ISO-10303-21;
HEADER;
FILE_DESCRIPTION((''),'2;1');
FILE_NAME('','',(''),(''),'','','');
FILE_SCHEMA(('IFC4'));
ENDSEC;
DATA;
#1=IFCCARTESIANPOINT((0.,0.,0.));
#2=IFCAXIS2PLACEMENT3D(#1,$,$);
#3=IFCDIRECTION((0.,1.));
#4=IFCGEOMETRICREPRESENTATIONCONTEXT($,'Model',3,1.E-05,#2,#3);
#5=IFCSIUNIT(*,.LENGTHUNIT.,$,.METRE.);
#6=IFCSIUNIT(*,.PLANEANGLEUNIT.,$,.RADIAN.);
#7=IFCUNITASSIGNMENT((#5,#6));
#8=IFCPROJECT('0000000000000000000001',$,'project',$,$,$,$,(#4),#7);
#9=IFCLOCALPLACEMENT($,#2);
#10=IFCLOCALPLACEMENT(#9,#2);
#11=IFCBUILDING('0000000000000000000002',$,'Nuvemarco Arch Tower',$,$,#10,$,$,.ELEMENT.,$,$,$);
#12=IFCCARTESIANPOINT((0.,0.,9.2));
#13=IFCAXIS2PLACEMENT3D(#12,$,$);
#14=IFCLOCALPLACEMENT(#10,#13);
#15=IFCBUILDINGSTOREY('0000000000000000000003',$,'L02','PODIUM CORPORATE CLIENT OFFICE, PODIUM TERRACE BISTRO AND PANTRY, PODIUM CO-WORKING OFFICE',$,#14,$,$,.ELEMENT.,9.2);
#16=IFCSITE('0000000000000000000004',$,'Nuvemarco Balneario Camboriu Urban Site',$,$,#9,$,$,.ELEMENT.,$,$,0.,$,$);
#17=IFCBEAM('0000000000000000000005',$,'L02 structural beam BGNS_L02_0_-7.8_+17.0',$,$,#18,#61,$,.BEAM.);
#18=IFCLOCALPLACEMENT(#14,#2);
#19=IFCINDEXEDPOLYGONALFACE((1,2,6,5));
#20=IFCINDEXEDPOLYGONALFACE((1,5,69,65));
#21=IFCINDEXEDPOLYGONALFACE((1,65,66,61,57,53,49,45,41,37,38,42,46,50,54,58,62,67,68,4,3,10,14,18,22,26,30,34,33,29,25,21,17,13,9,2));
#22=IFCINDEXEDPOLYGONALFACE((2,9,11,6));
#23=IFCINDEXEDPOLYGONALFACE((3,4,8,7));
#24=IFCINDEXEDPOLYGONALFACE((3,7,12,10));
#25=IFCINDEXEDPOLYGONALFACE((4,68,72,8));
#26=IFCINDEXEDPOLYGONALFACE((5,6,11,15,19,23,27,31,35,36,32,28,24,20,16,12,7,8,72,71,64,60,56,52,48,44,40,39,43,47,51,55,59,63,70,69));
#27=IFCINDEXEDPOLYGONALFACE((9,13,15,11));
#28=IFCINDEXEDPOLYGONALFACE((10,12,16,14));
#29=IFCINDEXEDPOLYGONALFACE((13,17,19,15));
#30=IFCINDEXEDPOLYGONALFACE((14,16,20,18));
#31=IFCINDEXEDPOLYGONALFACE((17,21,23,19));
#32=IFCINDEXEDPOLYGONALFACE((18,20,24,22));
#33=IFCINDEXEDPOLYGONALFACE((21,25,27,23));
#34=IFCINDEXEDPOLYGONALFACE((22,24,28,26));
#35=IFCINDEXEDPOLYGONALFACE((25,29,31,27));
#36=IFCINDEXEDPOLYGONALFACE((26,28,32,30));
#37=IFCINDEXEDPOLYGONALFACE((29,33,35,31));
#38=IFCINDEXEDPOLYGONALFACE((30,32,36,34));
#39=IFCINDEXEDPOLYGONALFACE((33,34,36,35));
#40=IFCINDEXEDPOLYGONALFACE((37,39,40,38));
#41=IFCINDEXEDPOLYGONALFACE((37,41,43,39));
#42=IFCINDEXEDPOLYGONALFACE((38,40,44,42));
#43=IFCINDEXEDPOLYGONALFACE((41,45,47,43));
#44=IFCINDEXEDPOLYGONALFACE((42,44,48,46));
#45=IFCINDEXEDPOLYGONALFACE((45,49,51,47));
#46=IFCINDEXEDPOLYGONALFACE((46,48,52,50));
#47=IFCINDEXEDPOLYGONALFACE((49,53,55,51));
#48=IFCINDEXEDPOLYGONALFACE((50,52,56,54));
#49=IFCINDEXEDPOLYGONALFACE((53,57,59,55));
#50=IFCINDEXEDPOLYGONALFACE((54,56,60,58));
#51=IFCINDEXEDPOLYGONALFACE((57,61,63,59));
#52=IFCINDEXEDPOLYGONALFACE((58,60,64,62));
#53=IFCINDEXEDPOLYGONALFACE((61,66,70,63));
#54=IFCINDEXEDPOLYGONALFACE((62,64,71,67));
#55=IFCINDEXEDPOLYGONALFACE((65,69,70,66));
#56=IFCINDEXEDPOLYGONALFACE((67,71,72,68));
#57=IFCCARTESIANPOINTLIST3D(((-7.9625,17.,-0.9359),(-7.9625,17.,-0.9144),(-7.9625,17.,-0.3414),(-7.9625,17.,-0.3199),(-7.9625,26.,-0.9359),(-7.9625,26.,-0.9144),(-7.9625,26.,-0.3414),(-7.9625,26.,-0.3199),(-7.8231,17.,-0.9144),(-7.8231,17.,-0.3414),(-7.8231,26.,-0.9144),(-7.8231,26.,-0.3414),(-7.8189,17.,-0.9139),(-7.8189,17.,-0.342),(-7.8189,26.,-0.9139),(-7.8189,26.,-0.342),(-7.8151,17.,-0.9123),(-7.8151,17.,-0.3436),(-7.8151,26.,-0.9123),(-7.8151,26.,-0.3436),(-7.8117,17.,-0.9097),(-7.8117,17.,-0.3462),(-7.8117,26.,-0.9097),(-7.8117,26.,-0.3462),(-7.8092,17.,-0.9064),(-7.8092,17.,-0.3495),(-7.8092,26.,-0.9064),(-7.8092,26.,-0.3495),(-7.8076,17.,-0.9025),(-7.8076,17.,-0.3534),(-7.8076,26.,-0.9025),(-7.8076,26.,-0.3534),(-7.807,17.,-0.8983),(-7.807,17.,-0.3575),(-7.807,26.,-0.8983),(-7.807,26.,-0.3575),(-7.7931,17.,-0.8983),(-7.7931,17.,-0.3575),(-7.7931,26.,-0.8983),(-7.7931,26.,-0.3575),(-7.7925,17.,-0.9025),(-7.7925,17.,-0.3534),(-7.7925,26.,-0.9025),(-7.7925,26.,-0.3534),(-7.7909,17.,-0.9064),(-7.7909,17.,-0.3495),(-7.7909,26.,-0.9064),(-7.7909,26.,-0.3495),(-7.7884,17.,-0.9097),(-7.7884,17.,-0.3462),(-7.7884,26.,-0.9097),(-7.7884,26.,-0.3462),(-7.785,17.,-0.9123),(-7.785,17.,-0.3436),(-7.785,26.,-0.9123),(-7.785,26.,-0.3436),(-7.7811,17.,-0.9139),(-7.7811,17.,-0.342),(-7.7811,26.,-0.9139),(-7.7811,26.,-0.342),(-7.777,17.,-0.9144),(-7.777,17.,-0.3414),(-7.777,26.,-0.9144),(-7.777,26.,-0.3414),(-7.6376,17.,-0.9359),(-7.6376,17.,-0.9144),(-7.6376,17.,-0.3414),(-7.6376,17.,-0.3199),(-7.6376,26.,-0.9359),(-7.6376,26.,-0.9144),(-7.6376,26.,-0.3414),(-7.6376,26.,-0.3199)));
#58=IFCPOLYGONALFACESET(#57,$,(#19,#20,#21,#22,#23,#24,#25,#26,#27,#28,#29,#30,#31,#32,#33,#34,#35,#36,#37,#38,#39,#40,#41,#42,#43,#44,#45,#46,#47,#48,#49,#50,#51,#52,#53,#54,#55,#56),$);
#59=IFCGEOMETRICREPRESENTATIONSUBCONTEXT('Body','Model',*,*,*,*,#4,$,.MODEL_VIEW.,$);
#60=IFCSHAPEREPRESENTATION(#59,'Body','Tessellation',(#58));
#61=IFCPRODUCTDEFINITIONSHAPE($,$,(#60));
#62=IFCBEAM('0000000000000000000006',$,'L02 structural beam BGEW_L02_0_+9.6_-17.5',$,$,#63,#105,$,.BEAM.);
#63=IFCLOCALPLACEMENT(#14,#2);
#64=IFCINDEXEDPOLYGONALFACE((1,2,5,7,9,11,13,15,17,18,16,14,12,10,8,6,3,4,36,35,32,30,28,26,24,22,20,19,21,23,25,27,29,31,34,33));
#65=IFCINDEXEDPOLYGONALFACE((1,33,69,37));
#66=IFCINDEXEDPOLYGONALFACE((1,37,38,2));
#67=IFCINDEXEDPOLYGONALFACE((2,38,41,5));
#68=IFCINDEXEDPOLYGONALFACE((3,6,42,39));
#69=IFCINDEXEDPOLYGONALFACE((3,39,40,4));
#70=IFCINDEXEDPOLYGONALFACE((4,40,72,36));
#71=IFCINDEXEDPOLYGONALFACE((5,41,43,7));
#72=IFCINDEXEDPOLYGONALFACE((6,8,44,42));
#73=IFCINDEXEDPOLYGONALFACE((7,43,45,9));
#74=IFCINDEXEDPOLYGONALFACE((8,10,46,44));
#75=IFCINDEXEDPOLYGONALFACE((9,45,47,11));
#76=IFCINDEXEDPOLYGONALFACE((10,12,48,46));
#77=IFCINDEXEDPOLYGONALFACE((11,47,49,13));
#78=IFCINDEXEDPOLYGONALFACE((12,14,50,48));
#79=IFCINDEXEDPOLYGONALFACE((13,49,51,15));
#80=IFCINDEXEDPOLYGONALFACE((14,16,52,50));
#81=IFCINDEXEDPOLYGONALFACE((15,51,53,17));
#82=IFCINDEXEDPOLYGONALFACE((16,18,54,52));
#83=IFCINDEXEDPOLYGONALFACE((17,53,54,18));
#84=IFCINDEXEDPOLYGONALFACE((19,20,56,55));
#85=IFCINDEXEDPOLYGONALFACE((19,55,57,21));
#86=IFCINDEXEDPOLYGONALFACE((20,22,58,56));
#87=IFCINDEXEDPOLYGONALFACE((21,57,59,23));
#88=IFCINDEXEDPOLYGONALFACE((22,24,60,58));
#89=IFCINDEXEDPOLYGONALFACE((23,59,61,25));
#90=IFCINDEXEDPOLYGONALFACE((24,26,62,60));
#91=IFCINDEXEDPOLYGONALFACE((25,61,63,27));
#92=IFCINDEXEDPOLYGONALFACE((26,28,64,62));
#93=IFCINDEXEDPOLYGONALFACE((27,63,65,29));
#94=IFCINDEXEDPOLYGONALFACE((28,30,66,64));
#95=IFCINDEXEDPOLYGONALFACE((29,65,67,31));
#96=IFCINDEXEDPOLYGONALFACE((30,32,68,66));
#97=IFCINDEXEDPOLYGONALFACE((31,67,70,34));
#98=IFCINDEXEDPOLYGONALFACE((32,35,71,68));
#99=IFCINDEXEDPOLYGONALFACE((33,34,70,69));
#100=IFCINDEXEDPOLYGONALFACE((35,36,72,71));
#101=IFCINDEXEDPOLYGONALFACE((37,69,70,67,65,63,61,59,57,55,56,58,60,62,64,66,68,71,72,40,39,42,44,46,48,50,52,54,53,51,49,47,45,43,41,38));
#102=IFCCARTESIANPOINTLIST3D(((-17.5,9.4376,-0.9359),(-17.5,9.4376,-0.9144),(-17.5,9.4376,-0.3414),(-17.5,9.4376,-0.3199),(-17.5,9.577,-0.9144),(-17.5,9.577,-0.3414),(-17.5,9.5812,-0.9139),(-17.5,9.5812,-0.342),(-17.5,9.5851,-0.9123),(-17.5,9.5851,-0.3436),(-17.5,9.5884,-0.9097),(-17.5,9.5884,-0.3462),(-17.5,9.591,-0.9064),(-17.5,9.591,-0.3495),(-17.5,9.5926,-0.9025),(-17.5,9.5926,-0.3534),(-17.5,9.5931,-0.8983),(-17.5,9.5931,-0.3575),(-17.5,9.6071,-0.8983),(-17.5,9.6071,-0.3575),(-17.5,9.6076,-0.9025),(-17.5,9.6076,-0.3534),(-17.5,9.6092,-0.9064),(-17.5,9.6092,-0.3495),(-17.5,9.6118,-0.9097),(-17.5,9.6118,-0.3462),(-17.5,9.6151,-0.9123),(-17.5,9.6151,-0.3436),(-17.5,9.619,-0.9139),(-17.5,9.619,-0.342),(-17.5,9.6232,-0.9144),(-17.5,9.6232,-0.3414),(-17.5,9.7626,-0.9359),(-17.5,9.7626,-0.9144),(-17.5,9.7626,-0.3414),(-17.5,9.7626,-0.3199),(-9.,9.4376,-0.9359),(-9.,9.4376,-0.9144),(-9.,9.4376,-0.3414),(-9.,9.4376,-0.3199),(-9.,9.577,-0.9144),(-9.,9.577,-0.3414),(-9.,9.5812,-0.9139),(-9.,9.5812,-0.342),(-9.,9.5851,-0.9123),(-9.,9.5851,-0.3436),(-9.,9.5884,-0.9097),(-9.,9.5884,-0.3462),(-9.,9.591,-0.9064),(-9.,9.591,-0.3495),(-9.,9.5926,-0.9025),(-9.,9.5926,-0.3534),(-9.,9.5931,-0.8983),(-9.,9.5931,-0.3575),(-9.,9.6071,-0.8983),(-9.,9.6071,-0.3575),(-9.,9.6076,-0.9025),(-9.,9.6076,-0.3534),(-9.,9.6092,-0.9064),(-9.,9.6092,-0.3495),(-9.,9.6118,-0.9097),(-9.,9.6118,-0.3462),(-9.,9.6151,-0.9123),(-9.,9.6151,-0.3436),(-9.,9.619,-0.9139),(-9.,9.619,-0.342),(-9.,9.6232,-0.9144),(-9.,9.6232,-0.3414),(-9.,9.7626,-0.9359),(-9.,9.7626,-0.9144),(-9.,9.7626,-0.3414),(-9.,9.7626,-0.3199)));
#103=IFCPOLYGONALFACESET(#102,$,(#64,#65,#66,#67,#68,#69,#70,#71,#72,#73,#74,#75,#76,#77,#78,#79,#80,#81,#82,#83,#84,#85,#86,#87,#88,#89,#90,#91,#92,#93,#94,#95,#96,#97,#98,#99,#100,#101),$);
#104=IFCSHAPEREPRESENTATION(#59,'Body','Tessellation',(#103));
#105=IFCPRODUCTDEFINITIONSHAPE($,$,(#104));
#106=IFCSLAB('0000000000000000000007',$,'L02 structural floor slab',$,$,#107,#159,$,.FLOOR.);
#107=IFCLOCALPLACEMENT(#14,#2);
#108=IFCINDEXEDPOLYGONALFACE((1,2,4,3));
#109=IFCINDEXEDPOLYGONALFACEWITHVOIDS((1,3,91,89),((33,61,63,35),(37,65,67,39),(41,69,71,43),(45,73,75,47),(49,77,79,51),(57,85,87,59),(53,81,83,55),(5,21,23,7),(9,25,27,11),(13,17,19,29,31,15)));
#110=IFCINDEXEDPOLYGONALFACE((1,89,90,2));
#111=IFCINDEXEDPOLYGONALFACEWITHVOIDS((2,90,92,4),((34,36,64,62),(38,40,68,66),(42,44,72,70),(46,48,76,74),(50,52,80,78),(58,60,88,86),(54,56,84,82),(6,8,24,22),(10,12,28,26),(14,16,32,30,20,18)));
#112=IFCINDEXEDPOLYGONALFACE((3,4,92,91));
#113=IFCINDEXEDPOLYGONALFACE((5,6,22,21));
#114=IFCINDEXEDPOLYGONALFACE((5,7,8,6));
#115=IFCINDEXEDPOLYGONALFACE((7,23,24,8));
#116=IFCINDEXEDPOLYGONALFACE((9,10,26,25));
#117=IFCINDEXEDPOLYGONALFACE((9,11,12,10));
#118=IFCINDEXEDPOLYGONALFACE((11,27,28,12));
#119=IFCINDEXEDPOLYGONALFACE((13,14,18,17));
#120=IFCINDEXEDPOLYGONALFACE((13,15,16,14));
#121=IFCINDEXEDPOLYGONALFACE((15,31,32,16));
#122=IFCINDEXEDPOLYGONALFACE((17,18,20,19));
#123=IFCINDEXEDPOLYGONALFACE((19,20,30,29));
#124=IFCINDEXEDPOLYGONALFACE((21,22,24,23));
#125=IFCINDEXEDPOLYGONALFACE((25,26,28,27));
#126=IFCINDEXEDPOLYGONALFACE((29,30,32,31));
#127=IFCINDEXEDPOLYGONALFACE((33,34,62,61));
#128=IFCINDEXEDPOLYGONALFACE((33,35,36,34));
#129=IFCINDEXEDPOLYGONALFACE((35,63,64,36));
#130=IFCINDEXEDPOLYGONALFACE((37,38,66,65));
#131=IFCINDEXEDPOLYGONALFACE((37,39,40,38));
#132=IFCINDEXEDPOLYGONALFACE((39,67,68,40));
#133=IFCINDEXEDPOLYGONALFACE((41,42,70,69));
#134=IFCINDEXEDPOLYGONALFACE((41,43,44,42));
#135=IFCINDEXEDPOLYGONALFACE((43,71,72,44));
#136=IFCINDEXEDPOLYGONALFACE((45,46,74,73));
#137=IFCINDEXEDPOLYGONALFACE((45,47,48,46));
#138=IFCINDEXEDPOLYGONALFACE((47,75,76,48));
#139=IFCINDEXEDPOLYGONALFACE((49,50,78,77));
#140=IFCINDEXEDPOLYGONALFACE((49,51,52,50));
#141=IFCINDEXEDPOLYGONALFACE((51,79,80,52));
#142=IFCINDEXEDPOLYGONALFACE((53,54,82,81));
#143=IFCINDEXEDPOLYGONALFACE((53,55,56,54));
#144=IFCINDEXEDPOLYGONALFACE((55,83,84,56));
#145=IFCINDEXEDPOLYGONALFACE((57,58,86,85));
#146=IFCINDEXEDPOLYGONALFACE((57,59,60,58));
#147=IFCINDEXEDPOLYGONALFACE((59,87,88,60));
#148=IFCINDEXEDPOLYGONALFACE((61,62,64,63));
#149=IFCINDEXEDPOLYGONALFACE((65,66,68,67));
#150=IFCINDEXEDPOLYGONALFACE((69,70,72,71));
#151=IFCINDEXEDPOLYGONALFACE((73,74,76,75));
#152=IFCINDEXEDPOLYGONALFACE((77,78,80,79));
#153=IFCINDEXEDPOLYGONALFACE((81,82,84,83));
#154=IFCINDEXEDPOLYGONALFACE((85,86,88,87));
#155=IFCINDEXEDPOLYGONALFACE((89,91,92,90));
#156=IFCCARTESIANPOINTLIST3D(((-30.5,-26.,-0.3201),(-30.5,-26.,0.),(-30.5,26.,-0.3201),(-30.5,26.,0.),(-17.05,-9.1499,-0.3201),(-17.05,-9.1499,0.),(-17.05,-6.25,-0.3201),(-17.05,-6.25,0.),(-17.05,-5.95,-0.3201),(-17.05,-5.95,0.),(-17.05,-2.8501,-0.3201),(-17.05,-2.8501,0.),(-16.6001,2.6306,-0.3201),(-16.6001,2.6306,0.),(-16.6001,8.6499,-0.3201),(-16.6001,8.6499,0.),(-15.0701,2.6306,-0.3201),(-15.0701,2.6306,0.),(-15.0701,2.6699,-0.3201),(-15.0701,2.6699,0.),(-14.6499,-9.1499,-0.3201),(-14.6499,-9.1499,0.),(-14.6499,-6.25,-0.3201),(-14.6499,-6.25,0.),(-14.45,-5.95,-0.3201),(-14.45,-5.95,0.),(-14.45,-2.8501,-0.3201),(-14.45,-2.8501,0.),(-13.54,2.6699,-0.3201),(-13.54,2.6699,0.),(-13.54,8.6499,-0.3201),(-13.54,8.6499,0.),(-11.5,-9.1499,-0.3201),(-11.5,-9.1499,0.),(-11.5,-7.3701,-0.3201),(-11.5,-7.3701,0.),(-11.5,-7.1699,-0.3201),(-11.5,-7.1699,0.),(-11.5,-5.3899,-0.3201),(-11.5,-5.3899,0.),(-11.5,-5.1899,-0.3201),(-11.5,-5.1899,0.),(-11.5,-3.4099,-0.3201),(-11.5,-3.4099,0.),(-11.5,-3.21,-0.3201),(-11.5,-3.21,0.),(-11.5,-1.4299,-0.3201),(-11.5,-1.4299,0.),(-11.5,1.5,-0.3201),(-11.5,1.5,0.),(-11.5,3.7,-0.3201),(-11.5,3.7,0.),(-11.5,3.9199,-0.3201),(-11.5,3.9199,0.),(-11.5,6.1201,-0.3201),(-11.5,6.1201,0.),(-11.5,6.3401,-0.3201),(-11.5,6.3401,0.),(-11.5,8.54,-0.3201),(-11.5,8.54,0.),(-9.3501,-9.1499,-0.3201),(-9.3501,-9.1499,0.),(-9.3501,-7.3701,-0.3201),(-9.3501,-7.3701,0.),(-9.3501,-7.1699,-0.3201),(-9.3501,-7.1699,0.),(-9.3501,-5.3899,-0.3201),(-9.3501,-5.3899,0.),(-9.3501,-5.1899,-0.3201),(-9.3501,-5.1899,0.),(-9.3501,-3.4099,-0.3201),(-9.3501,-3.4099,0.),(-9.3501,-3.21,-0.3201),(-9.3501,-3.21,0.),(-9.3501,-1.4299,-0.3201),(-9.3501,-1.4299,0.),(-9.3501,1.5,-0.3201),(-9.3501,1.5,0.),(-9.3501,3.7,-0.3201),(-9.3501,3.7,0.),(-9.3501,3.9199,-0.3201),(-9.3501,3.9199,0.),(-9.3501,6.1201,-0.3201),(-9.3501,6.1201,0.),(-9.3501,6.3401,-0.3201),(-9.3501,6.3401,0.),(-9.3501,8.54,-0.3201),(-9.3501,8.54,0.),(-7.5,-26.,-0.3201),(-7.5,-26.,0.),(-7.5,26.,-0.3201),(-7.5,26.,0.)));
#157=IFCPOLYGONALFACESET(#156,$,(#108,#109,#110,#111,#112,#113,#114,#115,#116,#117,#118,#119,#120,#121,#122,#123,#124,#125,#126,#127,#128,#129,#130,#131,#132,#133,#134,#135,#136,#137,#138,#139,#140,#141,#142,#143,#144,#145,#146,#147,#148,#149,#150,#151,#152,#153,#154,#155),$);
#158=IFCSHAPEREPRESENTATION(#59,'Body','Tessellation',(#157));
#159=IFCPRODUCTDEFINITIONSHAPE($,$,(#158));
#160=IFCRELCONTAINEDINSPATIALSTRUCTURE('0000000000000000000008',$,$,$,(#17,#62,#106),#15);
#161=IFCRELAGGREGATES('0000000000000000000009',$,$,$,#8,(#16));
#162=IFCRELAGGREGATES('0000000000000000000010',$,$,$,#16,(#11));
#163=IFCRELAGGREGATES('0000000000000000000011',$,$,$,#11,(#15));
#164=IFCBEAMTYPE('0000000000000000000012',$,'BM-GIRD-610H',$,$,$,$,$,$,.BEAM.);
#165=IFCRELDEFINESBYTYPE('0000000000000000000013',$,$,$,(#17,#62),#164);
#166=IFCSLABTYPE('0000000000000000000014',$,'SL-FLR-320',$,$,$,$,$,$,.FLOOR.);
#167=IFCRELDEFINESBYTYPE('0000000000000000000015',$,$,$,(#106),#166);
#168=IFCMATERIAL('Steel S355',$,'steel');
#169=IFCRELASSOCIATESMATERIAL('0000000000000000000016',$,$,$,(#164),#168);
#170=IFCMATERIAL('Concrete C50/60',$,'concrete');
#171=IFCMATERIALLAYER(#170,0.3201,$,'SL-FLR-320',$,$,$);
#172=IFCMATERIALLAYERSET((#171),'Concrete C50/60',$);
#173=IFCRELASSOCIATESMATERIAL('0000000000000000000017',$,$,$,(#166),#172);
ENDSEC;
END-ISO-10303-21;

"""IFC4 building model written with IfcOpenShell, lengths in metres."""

from ifc_helpers import new_model, si_unit, direction, frame, origin, origin_2d, place, context, subcontext, project, spatial, polyline, i_section, outline, extrude, material, layer, layer_set, material_profile, profile_set, type_object, element, save


model = new_model("IFC4")

# Units and contexts
model_context = context("Model", 3, precision=1e-05, world=origin(), true_north=direction((0.0, 1.0)))
body_context = subcontext(model_context, "Body", "Model", "MODEL_VIEW")
ifc_project = project(units=[si_unit("LENGTHUNIT", "METRE"), si_unit("PLANEANGLEUNIT", "RADIAN")], contexts=[model_context])

# Site, building, storey
site_placement = place(None, origin())
site = spatial("IfcSite", under=ifc_project, at=site_placement, Name="Nuvemarco Balneario Camboriu Urban Site", CompositionType="ELEMENT", RefElevation=0.0)
building_placement = place(site_placement, origin())
building = spatial("IfcBuilding", under=site, at=building_placement, Name="Nuvemarco Arch Tower", CompositionType="ELEMENT")
storey_placement = place(building_placement, frame((0.0, 0.0, 9.2)))
storey = spatial("IfcBuildingStorey", under=building, at=storey_placement, Name="L02", Description="PODIUM CORPORATE CLIENT OFFICE, PODIUM TERRACE BISTRO AND PANTRY, PODIUM CO-WORKING OFFICE", CompositionType="ELEMENT", Elevation=9.2)

# Beams
ifc_material_1 = material(Name="Steel S355", Category="steel")
ifc_material_profile_1 = material_profile(ifc_material_1, i_section(OverallWidth=0.325, OverallDepth=0.616, WebThickness=0.0139, FlangeThickness=0.0215, FilletRadius=0.0161, at=origin_2d()), Name="W610x174")
ifc_profile_set_1 = profile_set([ifc_material_profile_1], Name="Steel S355")
beam_type_1 = type_object("IfcBeamType", Name="BM-GIRD-610H", PredefinedType="BEAM", material=ifc_profile_set_1)
beam_1_placement = place(storey_placement, frame((-7.8, 17.0, -0.6279), z_axis=(0.0, 1.0, 0.0), x_axis=(-1.0, 0.0, 0.0)))
element("IfcBeam", 1, at=beam_1_placement, inside=storey, type_object=beam_type_1, Name="L02 structural beam BGNS_L02_0_-7.8_+17.0", PredefinedType="BEAM", context=body_context, shape_type="SweptSolid", body=[
    extrude(i_section(OverallWidth=0.325, OverallDepth=0.616, WebThickness=0.0139, FlangeThickness=0.0215, FilletRadius=0.0161, at=origin_2d()), origin(), (0.0, 0.0, 1.0), 9.0),
])
beam_2_placement = place(storey_placement, frame((-17.5, 9.6001, -0.6279), z_axis=(1.0, 0.0, 0.0), x_axis=(0.0, 1.0, 0.0)))
element("IfcBeam", 2, at=beam_2_placement, inside=storey, type_object=beam_type_1, Name="L02 structural beam BGEW_L02_0_+9.6_-17.5", PredefinedType="BEAM", context=body_context, shape_type="SweptSolid", body=[
    extrude(i_section(OverallWidth=0.325, OverallDepth=0.616, WebThickness=0.0139, FlangeThickness=0.0215, FilletRadius=0.0161, at=origin_2d()), origin(), (0.0, 0.0, 1.0), 8.5),
])

# Slab
ifc_material_2 = material(Name="Concrete C50/60", Category="concrete")
ifc_layer_1 = layer(ifc_material_2, 0.3201, Name="SL-FLR-320")
ifc_layer_set_1 = layer_set([ifc_layer_1], Name="Concrete C50/60")
slab_type_1 = type_object("IfcSlabType", Name="SL-FLR-320", PredefinedType="FLOOR", material=ifc_layer_set_1)
slab_1_placement = place(storey_placement, frame((0.0, 0.0, -0.3201)))
element("IfcSlab", 3, at=slab_1_placement, inside=storey, type_object=slab_type_1, Name="L02 structural floor slab", PredefinedType="FLOOR", context=body_context, shape_type="SweptSolid", body=[
    extrude(outline(polyline([(-30.5, -26.0), (-7.5, -26.0), (-7.5, 26.0), (-30.5, 26.0), (-30.5, -26.0)]), holes=[polyline([(-13.54, 2.6699), (-13.54, 8.6499), (-16.6001, 8.6499), (-16.6001, 2.6306), (-15.0701, 2.6306), (-15.0701, 2.6699), (-13.54, 2.6699)]), polyline([(-17.05, -9.1499), (-14.6499, -9.1499), (-14.6499, -6.25), (-17.05, -6.25), (-17.05, -9.1499)]), polyline([(-17.05, -5.95), (-14.45, -5.95), (-14.45, -2.8501), (-17.05, -2.8501), (-17.05, -5.95)]), polyline([(-11.5, -9.1499), (-9.3501, -9.1499), (-9.3501, -7.3701), (-11.5, -7.3701), (-11.5, -9.1499)]), polyline([(-11.5, -7.1699), (-9.3501, -7.1699), (-9.3501, -5.3899), (-11.5, -5.3899), (-11.5, -7.1699)]), polyline([(-11.5, -5.1899), (-9.3501, -5.1899), (-9.3501, -3.4099), (-11.5, -3.4099), (-11.5, -5.1899)]), polyline([(-11.5, -3.21), (-9.3501, -3.21), (-9.3501, -1.4299), (-11.5, -1.4299), (-11.5, -3.21)]), polyline([(-11.5, 1.5), (-9.3501, 1.5), (-9.3501, 3.7), (-11.5, 3.7), (-11.5, 1.5)]), polyline([(-11.5, 3.9199), (-9.3501, 3.9199), (-9.3501, 6.1201), (-11.5, 6.1201), (-11.5, 3.9199)]), polyline([(-11.5, 6.3401), (-9.3501, 6.3401), (-9.3501, 8.54), (-11.5, 8.54), (-11.5, 6.3401)])]), origin(), (0.0, 0.0, 1.0), 0.3201),
])

save(model, "model.ifc")
